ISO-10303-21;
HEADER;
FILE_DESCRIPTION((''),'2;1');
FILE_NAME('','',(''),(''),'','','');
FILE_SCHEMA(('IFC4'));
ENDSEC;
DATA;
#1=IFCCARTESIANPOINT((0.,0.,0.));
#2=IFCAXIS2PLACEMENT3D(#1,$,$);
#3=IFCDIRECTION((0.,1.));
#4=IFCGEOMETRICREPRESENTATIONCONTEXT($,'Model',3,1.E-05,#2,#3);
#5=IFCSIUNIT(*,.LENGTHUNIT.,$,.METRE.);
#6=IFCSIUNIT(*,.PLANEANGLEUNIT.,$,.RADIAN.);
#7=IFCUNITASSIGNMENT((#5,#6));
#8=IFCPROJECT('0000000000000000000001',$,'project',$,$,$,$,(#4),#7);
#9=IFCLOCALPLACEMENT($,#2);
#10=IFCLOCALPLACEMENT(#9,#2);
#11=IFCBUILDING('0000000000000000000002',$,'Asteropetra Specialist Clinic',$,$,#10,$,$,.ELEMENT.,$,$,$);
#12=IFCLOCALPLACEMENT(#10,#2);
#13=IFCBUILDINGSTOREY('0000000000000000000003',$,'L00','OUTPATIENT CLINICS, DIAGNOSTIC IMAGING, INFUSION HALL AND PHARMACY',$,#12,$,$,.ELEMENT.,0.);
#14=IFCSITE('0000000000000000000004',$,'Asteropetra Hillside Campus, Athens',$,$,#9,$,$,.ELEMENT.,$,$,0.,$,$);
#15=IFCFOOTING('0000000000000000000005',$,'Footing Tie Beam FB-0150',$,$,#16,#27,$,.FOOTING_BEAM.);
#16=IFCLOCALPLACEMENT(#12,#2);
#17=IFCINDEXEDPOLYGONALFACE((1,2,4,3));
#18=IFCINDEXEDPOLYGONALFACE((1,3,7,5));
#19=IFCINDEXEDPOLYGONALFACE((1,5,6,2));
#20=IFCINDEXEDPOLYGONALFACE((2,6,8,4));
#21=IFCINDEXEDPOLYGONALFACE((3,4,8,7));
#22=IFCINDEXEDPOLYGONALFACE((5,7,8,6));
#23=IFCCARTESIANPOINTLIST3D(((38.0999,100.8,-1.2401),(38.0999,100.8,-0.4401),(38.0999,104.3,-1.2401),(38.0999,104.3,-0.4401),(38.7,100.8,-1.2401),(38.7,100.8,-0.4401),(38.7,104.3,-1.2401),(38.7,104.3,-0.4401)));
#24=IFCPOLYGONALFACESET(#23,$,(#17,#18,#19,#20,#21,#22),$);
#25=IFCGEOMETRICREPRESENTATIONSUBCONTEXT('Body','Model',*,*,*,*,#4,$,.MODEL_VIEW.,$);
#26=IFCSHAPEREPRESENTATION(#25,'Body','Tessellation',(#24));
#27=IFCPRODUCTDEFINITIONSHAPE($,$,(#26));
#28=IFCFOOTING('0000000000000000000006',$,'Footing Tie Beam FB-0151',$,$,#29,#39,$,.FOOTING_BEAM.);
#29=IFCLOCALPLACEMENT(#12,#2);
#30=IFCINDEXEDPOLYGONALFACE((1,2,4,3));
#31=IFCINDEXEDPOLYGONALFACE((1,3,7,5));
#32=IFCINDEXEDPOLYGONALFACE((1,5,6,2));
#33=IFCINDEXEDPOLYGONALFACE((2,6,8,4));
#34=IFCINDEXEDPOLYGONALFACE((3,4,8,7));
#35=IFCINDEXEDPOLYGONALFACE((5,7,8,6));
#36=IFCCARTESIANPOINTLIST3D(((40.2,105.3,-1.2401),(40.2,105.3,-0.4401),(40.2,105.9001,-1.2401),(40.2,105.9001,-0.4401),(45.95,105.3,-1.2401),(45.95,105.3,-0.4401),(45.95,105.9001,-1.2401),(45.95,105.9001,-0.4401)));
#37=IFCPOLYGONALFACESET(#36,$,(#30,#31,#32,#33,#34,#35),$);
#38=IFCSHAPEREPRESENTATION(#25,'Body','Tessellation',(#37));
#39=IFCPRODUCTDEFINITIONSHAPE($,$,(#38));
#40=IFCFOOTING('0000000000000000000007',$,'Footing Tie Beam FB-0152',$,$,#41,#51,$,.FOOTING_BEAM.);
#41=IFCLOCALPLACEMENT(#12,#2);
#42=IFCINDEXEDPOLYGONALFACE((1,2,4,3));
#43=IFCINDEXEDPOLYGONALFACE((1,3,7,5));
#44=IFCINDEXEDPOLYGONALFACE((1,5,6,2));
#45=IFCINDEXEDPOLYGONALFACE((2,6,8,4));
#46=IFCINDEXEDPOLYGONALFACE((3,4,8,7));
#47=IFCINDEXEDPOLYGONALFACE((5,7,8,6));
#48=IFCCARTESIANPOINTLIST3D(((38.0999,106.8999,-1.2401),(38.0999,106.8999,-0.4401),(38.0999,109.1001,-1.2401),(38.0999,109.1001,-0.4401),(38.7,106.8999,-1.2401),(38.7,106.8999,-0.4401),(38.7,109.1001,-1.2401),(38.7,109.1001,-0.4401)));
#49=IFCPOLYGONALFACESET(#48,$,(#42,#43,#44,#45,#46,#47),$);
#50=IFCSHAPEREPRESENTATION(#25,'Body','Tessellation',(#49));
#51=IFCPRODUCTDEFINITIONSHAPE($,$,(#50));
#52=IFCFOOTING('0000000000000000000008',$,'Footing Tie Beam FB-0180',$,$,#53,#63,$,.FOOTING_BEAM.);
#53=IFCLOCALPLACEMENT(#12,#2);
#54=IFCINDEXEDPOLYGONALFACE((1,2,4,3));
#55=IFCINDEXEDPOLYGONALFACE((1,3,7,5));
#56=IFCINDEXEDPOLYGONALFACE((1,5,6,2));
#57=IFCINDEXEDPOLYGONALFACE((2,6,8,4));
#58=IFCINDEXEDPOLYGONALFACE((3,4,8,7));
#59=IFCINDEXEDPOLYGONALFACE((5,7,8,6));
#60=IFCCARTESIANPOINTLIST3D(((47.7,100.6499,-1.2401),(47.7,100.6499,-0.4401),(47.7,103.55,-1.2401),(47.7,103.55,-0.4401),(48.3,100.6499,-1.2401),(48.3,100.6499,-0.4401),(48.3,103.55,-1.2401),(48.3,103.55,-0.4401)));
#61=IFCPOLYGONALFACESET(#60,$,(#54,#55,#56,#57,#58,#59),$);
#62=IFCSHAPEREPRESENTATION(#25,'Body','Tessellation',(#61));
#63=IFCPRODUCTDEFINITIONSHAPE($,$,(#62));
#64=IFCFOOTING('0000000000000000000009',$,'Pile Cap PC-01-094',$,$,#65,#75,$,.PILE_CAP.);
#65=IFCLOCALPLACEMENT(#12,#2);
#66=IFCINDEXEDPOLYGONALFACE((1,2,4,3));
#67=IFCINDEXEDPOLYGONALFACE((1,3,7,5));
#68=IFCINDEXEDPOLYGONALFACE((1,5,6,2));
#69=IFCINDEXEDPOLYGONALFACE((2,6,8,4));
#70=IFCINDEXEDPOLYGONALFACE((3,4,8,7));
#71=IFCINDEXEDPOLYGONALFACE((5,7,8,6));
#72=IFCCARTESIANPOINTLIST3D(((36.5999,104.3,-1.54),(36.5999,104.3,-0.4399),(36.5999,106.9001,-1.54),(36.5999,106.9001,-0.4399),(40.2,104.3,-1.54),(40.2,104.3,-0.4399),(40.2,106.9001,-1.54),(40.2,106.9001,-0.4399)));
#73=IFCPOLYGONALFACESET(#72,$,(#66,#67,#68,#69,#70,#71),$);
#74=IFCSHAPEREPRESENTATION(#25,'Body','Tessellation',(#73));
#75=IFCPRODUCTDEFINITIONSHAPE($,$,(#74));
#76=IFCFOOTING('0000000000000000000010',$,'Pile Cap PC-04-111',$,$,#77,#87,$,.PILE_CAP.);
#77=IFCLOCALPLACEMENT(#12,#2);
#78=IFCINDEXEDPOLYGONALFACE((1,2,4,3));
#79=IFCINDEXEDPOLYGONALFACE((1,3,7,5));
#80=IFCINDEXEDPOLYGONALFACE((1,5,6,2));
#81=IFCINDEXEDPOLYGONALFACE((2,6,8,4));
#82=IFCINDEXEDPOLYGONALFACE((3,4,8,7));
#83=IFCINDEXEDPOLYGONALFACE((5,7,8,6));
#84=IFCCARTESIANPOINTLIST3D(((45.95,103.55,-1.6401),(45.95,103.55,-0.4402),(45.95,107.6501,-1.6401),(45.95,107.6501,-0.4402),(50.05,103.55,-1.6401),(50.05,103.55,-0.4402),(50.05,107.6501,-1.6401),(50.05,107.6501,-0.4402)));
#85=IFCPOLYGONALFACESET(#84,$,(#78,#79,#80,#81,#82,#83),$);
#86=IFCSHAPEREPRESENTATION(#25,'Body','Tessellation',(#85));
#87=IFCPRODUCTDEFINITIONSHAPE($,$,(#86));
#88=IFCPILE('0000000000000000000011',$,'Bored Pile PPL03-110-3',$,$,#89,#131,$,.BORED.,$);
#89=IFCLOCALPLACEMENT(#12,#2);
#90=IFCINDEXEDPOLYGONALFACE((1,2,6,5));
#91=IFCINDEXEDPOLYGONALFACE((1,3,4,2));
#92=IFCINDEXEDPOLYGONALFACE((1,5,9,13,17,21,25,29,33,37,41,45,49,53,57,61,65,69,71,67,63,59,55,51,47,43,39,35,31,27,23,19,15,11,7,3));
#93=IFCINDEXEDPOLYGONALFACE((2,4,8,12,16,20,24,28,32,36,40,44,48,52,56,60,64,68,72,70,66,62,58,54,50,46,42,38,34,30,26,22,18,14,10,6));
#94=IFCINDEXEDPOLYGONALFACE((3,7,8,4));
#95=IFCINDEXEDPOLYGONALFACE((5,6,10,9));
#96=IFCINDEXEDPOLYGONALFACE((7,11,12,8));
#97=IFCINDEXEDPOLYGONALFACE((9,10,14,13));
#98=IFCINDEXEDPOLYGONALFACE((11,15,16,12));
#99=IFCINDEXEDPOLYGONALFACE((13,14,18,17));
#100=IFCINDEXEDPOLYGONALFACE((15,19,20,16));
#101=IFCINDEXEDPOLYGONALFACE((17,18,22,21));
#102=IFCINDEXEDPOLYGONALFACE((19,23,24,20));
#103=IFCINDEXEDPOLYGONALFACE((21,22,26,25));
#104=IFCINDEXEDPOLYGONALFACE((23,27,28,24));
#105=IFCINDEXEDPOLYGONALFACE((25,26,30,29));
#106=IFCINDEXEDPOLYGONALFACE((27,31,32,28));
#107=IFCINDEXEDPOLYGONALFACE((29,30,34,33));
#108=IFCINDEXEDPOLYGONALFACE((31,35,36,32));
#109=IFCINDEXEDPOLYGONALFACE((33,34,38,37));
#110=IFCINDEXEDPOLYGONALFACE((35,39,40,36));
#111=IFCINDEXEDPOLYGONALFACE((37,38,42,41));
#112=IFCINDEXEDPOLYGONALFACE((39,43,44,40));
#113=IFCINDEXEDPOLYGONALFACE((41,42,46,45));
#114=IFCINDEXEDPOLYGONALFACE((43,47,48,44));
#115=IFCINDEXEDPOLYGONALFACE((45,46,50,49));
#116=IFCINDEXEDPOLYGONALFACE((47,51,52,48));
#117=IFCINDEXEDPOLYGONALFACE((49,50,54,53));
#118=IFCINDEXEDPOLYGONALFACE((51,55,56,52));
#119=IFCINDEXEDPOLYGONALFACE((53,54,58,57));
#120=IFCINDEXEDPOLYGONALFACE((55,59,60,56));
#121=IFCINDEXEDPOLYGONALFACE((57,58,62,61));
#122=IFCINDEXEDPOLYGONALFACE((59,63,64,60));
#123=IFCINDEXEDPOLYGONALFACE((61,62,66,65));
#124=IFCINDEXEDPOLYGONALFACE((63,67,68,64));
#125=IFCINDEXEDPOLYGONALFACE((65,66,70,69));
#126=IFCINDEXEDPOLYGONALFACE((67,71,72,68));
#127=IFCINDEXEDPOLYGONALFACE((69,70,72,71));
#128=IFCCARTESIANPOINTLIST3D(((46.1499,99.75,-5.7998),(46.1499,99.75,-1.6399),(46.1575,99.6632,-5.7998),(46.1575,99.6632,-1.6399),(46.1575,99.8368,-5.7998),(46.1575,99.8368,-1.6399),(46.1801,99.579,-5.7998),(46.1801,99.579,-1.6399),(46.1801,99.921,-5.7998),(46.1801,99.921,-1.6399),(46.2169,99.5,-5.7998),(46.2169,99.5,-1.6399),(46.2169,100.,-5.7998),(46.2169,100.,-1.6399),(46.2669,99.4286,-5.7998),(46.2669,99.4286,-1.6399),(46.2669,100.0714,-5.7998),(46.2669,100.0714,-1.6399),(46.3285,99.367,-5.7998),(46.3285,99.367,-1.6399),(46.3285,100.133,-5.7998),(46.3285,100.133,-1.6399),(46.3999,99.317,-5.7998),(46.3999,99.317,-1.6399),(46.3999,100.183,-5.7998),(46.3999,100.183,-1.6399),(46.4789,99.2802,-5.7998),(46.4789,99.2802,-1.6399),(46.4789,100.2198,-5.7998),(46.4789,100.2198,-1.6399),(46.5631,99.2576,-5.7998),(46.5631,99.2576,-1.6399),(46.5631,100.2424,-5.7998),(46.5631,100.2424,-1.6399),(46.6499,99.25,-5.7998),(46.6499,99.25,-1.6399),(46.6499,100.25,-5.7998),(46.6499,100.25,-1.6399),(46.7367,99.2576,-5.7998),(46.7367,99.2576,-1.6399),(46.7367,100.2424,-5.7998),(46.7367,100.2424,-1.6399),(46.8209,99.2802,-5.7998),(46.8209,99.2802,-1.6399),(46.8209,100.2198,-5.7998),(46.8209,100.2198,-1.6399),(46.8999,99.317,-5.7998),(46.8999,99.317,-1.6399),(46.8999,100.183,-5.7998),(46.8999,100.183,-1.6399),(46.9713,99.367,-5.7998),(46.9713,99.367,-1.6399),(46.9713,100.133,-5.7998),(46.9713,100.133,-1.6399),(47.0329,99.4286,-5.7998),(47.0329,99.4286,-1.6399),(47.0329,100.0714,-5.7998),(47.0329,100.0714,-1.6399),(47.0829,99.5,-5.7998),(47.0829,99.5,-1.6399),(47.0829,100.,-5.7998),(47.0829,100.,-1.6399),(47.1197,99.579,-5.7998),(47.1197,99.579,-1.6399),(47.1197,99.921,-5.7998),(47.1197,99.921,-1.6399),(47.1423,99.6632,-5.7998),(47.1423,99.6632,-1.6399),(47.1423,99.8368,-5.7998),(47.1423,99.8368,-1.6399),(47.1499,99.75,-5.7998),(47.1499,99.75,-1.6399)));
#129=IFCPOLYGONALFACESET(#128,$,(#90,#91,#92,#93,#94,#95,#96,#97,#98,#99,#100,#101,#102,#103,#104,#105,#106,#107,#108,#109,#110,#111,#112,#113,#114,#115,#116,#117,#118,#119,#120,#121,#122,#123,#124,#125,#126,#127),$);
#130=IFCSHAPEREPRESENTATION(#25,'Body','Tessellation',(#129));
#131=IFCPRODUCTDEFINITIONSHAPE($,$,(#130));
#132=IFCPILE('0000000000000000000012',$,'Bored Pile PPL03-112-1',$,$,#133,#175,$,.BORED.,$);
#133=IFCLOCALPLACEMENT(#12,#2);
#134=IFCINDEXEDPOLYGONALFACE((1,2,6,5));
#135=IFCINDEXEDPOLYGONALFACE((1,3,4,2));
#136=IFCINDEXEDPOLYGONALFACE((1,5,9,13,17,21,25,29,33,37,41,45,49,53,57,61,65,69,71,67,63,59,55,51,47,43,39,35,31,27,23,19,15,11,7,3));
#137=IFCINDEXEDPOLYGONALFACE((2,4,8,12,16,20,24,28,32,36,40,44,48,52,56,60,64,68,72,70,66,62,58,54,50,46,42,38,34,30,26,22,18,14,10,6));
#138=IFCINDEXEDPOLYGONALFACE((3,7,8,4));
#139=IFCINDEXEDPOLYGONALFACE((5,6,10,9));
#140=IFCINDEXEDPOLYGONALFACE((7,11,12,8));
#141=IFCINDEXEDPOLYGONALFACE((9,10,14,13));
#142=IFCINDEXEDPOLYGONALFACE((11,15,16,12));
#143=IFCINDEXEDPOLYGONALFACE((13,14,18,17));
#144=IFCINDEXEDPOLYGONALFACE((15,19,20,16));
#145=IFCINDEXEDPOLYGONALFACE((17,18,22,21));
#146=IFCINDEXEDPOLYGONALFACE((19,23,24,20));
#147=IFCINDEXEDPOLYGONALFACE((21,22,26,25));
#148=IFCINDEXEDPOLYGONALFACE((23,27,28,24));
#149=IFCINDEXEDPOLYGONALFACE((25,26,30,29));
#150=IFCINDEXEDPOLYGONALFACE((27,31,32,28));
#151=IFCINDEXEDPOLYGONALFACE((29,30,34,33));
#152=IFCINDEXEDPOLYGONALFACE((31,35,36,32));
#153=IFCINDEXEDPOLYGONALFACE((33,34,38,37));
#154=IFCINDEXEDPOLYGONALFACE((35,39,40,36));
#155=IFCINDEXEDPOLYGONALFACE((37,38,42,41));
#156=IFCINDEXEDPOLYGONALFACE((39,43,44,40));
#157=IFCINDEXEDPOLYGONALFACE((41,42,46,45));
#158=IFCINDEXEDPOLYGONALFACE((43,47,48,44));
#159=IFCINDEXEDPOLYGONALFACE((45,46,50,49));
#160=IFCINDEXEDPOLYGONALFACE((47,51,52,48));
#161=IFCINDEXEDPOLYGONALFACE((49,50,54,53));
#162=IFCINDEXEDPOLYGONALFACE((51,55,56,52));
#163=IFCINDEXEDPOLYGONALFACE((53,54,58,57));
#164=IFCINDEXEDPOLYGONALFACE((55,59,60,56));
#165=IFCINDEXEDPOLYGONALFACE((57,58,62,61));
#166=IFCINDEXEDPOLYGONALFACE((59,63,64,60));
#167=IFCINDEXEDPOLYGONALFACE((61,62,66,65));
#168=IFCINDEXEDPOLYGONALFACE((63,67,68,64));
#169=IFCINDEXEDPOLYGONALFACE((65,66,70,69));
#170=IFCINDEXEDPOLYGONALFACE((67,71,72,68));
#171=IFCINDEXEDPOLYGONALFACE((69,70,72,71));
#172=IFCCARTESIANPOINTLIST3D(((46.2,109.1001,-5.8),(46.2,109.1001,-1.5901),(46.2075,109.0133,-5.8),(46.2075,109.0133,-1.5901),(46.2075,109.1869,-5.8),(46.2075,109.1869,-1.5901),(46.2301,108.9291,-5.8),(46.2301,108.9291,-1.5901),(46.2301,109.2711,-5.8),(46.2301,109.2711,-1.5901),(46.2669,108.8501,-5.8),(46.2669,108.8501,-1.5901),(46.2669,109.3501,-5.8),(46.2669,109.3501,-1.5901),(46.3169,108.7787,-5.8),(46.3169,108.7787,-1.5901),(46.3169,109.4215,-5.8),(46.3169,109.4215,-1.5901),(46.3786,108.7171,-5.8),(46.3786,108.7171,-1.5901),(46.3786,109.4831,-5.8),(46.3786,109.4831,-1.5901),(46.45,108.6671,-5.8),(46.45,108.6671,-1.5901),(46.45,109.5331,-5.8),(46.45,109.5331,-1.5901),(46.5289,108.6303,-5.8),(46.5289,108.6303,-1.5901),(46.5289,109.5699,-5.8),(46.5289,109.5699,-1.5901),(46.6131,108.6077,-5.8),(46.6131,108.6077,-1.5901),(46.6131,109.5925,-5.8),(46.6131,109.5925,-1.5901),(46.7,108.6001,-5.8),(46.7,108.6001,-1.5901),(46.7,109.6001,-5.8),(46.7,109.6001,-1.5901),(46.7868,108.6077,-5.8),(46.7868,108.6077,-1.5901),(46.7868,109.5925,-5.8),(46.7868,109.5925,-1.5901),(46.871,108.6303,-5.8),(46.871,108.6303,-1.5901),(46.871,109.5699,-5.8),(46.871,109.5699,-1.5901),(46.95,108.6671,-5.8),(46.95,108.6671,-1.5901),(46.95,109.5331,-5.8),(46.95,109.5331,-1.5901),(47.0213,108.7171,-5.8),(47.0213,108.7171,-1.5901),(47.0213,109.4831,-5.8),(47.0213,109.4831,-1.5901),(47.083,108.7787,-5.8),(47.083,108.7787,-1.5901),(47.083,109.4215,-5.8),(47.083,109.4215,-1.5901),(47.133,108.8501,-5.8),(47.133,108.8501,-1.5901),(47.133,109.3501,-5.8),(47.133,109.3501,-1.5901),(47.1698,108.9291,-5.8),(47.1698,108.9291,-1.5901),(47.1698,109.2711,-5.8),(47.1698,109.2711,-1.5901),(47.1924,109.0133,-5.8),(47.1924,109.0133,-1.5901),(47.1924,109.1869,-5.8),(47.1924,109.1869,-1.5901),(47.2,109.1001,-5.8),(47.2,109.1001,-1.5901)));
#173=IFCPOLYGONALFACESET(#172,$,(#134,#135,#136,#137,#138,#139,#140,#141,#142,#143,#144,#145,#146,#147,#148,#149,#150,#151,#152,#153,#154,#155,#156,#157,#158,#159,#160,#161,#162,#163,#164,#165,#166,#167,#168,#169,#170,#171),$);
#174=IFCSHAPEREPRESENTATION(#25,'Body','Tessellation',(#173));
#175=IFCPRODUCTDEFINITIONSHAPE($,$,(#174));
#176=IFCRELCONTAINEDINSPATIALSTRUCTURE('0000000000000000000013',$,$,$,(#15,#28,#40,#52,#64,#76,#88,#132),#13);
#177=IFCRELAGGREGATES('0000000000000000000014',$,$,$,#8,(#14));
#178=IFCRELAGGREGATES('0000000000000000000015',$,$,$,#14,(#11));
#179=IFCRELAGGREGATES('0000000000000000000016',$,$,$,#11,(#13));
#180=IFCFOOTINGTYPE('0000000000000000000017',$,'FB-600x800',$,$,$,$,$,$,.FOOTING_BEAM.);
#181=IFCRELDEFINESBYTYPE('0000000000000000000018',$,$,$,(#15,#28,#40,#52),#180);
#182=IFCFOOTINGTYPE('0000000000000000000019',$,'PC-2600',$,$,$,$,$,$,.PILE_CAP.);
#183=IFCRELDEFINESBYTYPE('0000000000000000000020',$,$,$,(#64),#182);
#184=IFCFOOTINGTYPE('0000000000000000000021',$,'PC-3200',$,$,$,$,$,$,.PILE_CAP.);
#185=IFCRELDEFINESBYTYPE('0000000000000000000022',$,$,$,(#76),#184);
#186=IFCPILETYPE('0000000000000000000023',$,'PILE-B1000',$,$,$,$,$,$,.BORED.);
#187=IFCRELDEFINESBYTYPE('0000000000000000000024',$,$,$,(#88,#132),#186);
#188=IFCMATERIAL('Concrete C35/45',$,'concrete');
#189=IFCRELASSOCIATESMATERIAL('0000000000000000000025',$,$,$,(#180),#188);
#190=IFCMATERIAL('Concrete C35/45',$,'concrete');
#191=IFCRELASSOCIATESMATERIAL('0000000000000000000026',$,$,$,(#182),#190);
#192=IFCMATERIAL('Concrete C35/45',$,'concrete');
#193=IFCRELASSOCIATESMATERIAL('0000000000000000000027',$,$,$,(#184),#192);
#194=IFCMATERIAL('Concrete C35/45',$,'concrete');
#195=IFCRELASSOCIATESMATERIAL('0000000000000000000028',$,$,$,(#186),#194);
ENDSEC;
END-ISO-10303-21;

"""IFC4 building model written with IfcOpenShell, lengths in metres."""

from ifc_helpers import new_model, si_unit, direction, frame, origin, origin_2d, place, context, subcontext, project, spatial, rectangle, circle, extrude, material, material_profile, profile_set, type_object, element, save


model = new_model("IFC4")

# Units and contexts
model_context = context("Model", 3, precision=1e-05, world=origin(), true_north=direction((0.0, 1.0)))
body_context = subcontext(model_context, "Body", "Model", "MODEL_VIEW")
ifc_project = project(units=[si_unit("LENGTHUNIT", "METRE"), si_unit("PLANEANGLEUNIT", "RADIAN")], contexts=[model_context])

# Site, building, storey
site_placement = place(None, origin())
site = spatial("IfcSite", under=ifc_project, at=site_placement, Name="Asteropetra Hillside Campus, Athens", CompositionType="ELEMENT", RefElevation=0.0)
building_placement = place(site_placement, origin())
building = spatial("IfcBuilding", under=site, at=building_placement, Name="Asteropetra Specialist Clinic", CompositionType="ELEMENT")
storey_placement = place(building_placement, origin())
storey = spatial("IfcBuildingStorey", under=building, at=storey_placement, Name="L00", Description="OUTPATIENT CLINICS, DIAGNOSTIC IMAGING, INFUSION HALL AND PHARMACY", CompositionType="ELEMENT", Elevation=0.0)

# Footings
ifc_material_1 = material(Name="Concrete C35/45", Category="concrete")
ifc_material_profile_1 = material_profile(ifc_material_1, rectangle(XDim=0.6001, YDim=0.8, at=origin_2d()), Name="FB 600x800")
ifc_profile_set_1 = profile_set([ifc_material_profile_1], Name="Concrete C35/45")
footing_type_1 = type_object("IfcFootingType", Name="FB-600x800", PredefinedType="FOOTING_BEAM", material=ifc_profile_set_1)
footing_1_placement = place(storey_placement, frame((38.3999, 100.8, -0.8401), z_axis=(0.0, 1.0, 0.0), x_axis=(-1.0, 0.0, 0.0)))
element("IfcFooting", 1, at=footing_1_placement, inside=storey, type_object=footing_type_1, Name="Footing Tie Beam FB-0150", PredefinedType="FOOTING_BEAM", context=body_context, shape_type="SweptSolid", body=[
    extrude(rectangle(XDim=0.6001, YDim=0.8, at=origin_2d()), origin(), (0.0, 0.0, 1.0), 3.5),
])
footing_2_placement = place(storey_placement, frame((40.2, 105.6001, -0.8401), z_axis=(1.0, 0.0, 0.0), x_axis=(0.0, 1.0, 0.0)))
element("IfcFooting", 2, at=footing_2_placement, inside=storey, type_object=footing_type_1, Name="Footing Tie Beam FB-0151", PredefinedType="FOOTING_BEAM", context=body_context, shape_type="SweptSolid", body=[
    extrude(rectangle(XDim=0.6001, YDim=0.8, at=origin_2d()), origin(), (0.0, 0.0, 1.0), 5.75),
])
footing_3_placement = place(storey_placement, frame((38.3999, 106.8999, -0.8401), z_axis=(0.0, 1.0, 0.0), x_axis=(-1.0, 0.0, 0.0)))
element("IfcFooting", 3, at=footing_3_placement, inside=storey, type_object=footing_type_1, Name="Footing Tie Beam FB-0152", PredefinedType="FOOTING_BEAM", context=body_context, shape_type="SweptSolid", body=[
    extrude(rectangle(XDim=0.6001, YDim=0.8, at=origin_2d()), origin(), (0.0, 0.0, 1.0), 2.2002),
])
footing_4_placement = place(storey_placement, frame((48.0, 100.6499, -0.8401), z_axis=(0.0, 1.0, 0.0), x_axis=(-1.0, 0.0, 0.0)))
element("IfcFooting", 4, at=footing_4_placement, inside=storey, type_object=footing_type_1, Name="Footing Tie Beam FB-0180", PredefinedType="FOOTING_BEAM", context=body_context, shape_type="SweptSolid", body=[
    extrude(rectangle(XDim=0.6001, YDim=0.8, at=origin_2d()), origin(), (0.0, 0.0, 1.0), 2.9001),
])
ifc_material_2 = material(Name="Concrete C35/45", Category="concrete")
footing_type_2 = type_object("IfcFootingType", Name="PC-2600", PredefinedType="PILE_CAP", material=ifc_material_2)
footing_5_placement = place(storey_placement, frame((38.3999, 105.6001, -1.54), z_axis=(0.0, 0.0, 1.0), x_axis=(1.0, 0.0, 0.0)))
element("IfcFooting", 5, at=footing_5_placement, inside=storey, type_object=footing_type_2, Name="Pile Cap PC-01-094", PredefinedType="PILE_CAP", context=body_context, shape_type="SweptSolid", body=[
    extrude(rectangle(XDim=3.6001, YDim=2.6001, at=origin_2d()), origin(), (0.0, 0.0, 1.0), 1.1001),
])
ifc_material_3 = material(Name="Concrete C35/45", Category="concrete")
footing_type_3 = type_object("IfcFootingType", Name="PC-3200", PredefinedType="PILE_CAP", material=ifc_material_3)
footing_6_placement = place(storey_placement, frame((48.0, 105.6001, -1.6401), z_axis=(0.0, 0.0, 1.0), x_axis=(1.0, 0.0, 0.0)))
element("IfcFooting", 6, at=footing_6_placement, inside=storey, type_object=footing_type_3, Name="Pile Cap PC-04-111", PredefinedType="PILE_CAP", context=body_context, shape_type="SweptSolid", body=[
    extrude(rectangle(XDim=4.1001, YDim=4.1001, at=origin_2d()), origin(), (0.0, 0.0, 1.0), 1.2),
])

# Piles
ifc_material_4 = material(Name="Concrete C35/45", Category="concrete")
ifc_material_profile_2 = material_profile(ifc_material_4, circle(Radius=0.5, at=origin_2d()), Name="PILE D1000")
ifc_profile_set_2 = profile_set([ifc_material_profile_2], Name="Concrete C35/45")
pile_type_1 = type_object("IfcPileType", Name="PILE-B1000", PredefinedType="BORED", material=ifc_profile_set_2)
pile_1_placement = place(storey_placement, frame((46.6499, 99.75, -1.6399), z_axis=(0.0, 0.0, -1.0), x_axis=(1.0, 0.0, 0.0)))
element("IfcPile", 7, at=pile_1_placement, inside=storey, type_object=pile_type_1, Name="Bored Pile PPL03-110-3", PredefinedType="BORED", context=body_context, shape_type="SweptSolid", body=[
    extrude(circle(Radius=0.5, at=origin_2d()), origin(), (0.0, 0.0, 1.0), 4.1599),
])
pile_2_placement = place(storey_placement, frame((46.7, 109.1001, -1.5901), z_axis=(0.0, 0.0, -1.0), x_axis=(1.0, 0.0, 0.0)))
element("IfcPile", 8, at=pile_2_placement, inside=storey, type_object=pile_type_1, Name="Bored Pile PPL03-112-1", PredefinedType="BORED", context=body_context, shape_type="SweptSolid", body=[
    extrude(circle(Radius=0.5, at=origin_2d()), origin(), (0.0, 0.0, 1.0), 4.21),
])

save(model, "model.ifc")
